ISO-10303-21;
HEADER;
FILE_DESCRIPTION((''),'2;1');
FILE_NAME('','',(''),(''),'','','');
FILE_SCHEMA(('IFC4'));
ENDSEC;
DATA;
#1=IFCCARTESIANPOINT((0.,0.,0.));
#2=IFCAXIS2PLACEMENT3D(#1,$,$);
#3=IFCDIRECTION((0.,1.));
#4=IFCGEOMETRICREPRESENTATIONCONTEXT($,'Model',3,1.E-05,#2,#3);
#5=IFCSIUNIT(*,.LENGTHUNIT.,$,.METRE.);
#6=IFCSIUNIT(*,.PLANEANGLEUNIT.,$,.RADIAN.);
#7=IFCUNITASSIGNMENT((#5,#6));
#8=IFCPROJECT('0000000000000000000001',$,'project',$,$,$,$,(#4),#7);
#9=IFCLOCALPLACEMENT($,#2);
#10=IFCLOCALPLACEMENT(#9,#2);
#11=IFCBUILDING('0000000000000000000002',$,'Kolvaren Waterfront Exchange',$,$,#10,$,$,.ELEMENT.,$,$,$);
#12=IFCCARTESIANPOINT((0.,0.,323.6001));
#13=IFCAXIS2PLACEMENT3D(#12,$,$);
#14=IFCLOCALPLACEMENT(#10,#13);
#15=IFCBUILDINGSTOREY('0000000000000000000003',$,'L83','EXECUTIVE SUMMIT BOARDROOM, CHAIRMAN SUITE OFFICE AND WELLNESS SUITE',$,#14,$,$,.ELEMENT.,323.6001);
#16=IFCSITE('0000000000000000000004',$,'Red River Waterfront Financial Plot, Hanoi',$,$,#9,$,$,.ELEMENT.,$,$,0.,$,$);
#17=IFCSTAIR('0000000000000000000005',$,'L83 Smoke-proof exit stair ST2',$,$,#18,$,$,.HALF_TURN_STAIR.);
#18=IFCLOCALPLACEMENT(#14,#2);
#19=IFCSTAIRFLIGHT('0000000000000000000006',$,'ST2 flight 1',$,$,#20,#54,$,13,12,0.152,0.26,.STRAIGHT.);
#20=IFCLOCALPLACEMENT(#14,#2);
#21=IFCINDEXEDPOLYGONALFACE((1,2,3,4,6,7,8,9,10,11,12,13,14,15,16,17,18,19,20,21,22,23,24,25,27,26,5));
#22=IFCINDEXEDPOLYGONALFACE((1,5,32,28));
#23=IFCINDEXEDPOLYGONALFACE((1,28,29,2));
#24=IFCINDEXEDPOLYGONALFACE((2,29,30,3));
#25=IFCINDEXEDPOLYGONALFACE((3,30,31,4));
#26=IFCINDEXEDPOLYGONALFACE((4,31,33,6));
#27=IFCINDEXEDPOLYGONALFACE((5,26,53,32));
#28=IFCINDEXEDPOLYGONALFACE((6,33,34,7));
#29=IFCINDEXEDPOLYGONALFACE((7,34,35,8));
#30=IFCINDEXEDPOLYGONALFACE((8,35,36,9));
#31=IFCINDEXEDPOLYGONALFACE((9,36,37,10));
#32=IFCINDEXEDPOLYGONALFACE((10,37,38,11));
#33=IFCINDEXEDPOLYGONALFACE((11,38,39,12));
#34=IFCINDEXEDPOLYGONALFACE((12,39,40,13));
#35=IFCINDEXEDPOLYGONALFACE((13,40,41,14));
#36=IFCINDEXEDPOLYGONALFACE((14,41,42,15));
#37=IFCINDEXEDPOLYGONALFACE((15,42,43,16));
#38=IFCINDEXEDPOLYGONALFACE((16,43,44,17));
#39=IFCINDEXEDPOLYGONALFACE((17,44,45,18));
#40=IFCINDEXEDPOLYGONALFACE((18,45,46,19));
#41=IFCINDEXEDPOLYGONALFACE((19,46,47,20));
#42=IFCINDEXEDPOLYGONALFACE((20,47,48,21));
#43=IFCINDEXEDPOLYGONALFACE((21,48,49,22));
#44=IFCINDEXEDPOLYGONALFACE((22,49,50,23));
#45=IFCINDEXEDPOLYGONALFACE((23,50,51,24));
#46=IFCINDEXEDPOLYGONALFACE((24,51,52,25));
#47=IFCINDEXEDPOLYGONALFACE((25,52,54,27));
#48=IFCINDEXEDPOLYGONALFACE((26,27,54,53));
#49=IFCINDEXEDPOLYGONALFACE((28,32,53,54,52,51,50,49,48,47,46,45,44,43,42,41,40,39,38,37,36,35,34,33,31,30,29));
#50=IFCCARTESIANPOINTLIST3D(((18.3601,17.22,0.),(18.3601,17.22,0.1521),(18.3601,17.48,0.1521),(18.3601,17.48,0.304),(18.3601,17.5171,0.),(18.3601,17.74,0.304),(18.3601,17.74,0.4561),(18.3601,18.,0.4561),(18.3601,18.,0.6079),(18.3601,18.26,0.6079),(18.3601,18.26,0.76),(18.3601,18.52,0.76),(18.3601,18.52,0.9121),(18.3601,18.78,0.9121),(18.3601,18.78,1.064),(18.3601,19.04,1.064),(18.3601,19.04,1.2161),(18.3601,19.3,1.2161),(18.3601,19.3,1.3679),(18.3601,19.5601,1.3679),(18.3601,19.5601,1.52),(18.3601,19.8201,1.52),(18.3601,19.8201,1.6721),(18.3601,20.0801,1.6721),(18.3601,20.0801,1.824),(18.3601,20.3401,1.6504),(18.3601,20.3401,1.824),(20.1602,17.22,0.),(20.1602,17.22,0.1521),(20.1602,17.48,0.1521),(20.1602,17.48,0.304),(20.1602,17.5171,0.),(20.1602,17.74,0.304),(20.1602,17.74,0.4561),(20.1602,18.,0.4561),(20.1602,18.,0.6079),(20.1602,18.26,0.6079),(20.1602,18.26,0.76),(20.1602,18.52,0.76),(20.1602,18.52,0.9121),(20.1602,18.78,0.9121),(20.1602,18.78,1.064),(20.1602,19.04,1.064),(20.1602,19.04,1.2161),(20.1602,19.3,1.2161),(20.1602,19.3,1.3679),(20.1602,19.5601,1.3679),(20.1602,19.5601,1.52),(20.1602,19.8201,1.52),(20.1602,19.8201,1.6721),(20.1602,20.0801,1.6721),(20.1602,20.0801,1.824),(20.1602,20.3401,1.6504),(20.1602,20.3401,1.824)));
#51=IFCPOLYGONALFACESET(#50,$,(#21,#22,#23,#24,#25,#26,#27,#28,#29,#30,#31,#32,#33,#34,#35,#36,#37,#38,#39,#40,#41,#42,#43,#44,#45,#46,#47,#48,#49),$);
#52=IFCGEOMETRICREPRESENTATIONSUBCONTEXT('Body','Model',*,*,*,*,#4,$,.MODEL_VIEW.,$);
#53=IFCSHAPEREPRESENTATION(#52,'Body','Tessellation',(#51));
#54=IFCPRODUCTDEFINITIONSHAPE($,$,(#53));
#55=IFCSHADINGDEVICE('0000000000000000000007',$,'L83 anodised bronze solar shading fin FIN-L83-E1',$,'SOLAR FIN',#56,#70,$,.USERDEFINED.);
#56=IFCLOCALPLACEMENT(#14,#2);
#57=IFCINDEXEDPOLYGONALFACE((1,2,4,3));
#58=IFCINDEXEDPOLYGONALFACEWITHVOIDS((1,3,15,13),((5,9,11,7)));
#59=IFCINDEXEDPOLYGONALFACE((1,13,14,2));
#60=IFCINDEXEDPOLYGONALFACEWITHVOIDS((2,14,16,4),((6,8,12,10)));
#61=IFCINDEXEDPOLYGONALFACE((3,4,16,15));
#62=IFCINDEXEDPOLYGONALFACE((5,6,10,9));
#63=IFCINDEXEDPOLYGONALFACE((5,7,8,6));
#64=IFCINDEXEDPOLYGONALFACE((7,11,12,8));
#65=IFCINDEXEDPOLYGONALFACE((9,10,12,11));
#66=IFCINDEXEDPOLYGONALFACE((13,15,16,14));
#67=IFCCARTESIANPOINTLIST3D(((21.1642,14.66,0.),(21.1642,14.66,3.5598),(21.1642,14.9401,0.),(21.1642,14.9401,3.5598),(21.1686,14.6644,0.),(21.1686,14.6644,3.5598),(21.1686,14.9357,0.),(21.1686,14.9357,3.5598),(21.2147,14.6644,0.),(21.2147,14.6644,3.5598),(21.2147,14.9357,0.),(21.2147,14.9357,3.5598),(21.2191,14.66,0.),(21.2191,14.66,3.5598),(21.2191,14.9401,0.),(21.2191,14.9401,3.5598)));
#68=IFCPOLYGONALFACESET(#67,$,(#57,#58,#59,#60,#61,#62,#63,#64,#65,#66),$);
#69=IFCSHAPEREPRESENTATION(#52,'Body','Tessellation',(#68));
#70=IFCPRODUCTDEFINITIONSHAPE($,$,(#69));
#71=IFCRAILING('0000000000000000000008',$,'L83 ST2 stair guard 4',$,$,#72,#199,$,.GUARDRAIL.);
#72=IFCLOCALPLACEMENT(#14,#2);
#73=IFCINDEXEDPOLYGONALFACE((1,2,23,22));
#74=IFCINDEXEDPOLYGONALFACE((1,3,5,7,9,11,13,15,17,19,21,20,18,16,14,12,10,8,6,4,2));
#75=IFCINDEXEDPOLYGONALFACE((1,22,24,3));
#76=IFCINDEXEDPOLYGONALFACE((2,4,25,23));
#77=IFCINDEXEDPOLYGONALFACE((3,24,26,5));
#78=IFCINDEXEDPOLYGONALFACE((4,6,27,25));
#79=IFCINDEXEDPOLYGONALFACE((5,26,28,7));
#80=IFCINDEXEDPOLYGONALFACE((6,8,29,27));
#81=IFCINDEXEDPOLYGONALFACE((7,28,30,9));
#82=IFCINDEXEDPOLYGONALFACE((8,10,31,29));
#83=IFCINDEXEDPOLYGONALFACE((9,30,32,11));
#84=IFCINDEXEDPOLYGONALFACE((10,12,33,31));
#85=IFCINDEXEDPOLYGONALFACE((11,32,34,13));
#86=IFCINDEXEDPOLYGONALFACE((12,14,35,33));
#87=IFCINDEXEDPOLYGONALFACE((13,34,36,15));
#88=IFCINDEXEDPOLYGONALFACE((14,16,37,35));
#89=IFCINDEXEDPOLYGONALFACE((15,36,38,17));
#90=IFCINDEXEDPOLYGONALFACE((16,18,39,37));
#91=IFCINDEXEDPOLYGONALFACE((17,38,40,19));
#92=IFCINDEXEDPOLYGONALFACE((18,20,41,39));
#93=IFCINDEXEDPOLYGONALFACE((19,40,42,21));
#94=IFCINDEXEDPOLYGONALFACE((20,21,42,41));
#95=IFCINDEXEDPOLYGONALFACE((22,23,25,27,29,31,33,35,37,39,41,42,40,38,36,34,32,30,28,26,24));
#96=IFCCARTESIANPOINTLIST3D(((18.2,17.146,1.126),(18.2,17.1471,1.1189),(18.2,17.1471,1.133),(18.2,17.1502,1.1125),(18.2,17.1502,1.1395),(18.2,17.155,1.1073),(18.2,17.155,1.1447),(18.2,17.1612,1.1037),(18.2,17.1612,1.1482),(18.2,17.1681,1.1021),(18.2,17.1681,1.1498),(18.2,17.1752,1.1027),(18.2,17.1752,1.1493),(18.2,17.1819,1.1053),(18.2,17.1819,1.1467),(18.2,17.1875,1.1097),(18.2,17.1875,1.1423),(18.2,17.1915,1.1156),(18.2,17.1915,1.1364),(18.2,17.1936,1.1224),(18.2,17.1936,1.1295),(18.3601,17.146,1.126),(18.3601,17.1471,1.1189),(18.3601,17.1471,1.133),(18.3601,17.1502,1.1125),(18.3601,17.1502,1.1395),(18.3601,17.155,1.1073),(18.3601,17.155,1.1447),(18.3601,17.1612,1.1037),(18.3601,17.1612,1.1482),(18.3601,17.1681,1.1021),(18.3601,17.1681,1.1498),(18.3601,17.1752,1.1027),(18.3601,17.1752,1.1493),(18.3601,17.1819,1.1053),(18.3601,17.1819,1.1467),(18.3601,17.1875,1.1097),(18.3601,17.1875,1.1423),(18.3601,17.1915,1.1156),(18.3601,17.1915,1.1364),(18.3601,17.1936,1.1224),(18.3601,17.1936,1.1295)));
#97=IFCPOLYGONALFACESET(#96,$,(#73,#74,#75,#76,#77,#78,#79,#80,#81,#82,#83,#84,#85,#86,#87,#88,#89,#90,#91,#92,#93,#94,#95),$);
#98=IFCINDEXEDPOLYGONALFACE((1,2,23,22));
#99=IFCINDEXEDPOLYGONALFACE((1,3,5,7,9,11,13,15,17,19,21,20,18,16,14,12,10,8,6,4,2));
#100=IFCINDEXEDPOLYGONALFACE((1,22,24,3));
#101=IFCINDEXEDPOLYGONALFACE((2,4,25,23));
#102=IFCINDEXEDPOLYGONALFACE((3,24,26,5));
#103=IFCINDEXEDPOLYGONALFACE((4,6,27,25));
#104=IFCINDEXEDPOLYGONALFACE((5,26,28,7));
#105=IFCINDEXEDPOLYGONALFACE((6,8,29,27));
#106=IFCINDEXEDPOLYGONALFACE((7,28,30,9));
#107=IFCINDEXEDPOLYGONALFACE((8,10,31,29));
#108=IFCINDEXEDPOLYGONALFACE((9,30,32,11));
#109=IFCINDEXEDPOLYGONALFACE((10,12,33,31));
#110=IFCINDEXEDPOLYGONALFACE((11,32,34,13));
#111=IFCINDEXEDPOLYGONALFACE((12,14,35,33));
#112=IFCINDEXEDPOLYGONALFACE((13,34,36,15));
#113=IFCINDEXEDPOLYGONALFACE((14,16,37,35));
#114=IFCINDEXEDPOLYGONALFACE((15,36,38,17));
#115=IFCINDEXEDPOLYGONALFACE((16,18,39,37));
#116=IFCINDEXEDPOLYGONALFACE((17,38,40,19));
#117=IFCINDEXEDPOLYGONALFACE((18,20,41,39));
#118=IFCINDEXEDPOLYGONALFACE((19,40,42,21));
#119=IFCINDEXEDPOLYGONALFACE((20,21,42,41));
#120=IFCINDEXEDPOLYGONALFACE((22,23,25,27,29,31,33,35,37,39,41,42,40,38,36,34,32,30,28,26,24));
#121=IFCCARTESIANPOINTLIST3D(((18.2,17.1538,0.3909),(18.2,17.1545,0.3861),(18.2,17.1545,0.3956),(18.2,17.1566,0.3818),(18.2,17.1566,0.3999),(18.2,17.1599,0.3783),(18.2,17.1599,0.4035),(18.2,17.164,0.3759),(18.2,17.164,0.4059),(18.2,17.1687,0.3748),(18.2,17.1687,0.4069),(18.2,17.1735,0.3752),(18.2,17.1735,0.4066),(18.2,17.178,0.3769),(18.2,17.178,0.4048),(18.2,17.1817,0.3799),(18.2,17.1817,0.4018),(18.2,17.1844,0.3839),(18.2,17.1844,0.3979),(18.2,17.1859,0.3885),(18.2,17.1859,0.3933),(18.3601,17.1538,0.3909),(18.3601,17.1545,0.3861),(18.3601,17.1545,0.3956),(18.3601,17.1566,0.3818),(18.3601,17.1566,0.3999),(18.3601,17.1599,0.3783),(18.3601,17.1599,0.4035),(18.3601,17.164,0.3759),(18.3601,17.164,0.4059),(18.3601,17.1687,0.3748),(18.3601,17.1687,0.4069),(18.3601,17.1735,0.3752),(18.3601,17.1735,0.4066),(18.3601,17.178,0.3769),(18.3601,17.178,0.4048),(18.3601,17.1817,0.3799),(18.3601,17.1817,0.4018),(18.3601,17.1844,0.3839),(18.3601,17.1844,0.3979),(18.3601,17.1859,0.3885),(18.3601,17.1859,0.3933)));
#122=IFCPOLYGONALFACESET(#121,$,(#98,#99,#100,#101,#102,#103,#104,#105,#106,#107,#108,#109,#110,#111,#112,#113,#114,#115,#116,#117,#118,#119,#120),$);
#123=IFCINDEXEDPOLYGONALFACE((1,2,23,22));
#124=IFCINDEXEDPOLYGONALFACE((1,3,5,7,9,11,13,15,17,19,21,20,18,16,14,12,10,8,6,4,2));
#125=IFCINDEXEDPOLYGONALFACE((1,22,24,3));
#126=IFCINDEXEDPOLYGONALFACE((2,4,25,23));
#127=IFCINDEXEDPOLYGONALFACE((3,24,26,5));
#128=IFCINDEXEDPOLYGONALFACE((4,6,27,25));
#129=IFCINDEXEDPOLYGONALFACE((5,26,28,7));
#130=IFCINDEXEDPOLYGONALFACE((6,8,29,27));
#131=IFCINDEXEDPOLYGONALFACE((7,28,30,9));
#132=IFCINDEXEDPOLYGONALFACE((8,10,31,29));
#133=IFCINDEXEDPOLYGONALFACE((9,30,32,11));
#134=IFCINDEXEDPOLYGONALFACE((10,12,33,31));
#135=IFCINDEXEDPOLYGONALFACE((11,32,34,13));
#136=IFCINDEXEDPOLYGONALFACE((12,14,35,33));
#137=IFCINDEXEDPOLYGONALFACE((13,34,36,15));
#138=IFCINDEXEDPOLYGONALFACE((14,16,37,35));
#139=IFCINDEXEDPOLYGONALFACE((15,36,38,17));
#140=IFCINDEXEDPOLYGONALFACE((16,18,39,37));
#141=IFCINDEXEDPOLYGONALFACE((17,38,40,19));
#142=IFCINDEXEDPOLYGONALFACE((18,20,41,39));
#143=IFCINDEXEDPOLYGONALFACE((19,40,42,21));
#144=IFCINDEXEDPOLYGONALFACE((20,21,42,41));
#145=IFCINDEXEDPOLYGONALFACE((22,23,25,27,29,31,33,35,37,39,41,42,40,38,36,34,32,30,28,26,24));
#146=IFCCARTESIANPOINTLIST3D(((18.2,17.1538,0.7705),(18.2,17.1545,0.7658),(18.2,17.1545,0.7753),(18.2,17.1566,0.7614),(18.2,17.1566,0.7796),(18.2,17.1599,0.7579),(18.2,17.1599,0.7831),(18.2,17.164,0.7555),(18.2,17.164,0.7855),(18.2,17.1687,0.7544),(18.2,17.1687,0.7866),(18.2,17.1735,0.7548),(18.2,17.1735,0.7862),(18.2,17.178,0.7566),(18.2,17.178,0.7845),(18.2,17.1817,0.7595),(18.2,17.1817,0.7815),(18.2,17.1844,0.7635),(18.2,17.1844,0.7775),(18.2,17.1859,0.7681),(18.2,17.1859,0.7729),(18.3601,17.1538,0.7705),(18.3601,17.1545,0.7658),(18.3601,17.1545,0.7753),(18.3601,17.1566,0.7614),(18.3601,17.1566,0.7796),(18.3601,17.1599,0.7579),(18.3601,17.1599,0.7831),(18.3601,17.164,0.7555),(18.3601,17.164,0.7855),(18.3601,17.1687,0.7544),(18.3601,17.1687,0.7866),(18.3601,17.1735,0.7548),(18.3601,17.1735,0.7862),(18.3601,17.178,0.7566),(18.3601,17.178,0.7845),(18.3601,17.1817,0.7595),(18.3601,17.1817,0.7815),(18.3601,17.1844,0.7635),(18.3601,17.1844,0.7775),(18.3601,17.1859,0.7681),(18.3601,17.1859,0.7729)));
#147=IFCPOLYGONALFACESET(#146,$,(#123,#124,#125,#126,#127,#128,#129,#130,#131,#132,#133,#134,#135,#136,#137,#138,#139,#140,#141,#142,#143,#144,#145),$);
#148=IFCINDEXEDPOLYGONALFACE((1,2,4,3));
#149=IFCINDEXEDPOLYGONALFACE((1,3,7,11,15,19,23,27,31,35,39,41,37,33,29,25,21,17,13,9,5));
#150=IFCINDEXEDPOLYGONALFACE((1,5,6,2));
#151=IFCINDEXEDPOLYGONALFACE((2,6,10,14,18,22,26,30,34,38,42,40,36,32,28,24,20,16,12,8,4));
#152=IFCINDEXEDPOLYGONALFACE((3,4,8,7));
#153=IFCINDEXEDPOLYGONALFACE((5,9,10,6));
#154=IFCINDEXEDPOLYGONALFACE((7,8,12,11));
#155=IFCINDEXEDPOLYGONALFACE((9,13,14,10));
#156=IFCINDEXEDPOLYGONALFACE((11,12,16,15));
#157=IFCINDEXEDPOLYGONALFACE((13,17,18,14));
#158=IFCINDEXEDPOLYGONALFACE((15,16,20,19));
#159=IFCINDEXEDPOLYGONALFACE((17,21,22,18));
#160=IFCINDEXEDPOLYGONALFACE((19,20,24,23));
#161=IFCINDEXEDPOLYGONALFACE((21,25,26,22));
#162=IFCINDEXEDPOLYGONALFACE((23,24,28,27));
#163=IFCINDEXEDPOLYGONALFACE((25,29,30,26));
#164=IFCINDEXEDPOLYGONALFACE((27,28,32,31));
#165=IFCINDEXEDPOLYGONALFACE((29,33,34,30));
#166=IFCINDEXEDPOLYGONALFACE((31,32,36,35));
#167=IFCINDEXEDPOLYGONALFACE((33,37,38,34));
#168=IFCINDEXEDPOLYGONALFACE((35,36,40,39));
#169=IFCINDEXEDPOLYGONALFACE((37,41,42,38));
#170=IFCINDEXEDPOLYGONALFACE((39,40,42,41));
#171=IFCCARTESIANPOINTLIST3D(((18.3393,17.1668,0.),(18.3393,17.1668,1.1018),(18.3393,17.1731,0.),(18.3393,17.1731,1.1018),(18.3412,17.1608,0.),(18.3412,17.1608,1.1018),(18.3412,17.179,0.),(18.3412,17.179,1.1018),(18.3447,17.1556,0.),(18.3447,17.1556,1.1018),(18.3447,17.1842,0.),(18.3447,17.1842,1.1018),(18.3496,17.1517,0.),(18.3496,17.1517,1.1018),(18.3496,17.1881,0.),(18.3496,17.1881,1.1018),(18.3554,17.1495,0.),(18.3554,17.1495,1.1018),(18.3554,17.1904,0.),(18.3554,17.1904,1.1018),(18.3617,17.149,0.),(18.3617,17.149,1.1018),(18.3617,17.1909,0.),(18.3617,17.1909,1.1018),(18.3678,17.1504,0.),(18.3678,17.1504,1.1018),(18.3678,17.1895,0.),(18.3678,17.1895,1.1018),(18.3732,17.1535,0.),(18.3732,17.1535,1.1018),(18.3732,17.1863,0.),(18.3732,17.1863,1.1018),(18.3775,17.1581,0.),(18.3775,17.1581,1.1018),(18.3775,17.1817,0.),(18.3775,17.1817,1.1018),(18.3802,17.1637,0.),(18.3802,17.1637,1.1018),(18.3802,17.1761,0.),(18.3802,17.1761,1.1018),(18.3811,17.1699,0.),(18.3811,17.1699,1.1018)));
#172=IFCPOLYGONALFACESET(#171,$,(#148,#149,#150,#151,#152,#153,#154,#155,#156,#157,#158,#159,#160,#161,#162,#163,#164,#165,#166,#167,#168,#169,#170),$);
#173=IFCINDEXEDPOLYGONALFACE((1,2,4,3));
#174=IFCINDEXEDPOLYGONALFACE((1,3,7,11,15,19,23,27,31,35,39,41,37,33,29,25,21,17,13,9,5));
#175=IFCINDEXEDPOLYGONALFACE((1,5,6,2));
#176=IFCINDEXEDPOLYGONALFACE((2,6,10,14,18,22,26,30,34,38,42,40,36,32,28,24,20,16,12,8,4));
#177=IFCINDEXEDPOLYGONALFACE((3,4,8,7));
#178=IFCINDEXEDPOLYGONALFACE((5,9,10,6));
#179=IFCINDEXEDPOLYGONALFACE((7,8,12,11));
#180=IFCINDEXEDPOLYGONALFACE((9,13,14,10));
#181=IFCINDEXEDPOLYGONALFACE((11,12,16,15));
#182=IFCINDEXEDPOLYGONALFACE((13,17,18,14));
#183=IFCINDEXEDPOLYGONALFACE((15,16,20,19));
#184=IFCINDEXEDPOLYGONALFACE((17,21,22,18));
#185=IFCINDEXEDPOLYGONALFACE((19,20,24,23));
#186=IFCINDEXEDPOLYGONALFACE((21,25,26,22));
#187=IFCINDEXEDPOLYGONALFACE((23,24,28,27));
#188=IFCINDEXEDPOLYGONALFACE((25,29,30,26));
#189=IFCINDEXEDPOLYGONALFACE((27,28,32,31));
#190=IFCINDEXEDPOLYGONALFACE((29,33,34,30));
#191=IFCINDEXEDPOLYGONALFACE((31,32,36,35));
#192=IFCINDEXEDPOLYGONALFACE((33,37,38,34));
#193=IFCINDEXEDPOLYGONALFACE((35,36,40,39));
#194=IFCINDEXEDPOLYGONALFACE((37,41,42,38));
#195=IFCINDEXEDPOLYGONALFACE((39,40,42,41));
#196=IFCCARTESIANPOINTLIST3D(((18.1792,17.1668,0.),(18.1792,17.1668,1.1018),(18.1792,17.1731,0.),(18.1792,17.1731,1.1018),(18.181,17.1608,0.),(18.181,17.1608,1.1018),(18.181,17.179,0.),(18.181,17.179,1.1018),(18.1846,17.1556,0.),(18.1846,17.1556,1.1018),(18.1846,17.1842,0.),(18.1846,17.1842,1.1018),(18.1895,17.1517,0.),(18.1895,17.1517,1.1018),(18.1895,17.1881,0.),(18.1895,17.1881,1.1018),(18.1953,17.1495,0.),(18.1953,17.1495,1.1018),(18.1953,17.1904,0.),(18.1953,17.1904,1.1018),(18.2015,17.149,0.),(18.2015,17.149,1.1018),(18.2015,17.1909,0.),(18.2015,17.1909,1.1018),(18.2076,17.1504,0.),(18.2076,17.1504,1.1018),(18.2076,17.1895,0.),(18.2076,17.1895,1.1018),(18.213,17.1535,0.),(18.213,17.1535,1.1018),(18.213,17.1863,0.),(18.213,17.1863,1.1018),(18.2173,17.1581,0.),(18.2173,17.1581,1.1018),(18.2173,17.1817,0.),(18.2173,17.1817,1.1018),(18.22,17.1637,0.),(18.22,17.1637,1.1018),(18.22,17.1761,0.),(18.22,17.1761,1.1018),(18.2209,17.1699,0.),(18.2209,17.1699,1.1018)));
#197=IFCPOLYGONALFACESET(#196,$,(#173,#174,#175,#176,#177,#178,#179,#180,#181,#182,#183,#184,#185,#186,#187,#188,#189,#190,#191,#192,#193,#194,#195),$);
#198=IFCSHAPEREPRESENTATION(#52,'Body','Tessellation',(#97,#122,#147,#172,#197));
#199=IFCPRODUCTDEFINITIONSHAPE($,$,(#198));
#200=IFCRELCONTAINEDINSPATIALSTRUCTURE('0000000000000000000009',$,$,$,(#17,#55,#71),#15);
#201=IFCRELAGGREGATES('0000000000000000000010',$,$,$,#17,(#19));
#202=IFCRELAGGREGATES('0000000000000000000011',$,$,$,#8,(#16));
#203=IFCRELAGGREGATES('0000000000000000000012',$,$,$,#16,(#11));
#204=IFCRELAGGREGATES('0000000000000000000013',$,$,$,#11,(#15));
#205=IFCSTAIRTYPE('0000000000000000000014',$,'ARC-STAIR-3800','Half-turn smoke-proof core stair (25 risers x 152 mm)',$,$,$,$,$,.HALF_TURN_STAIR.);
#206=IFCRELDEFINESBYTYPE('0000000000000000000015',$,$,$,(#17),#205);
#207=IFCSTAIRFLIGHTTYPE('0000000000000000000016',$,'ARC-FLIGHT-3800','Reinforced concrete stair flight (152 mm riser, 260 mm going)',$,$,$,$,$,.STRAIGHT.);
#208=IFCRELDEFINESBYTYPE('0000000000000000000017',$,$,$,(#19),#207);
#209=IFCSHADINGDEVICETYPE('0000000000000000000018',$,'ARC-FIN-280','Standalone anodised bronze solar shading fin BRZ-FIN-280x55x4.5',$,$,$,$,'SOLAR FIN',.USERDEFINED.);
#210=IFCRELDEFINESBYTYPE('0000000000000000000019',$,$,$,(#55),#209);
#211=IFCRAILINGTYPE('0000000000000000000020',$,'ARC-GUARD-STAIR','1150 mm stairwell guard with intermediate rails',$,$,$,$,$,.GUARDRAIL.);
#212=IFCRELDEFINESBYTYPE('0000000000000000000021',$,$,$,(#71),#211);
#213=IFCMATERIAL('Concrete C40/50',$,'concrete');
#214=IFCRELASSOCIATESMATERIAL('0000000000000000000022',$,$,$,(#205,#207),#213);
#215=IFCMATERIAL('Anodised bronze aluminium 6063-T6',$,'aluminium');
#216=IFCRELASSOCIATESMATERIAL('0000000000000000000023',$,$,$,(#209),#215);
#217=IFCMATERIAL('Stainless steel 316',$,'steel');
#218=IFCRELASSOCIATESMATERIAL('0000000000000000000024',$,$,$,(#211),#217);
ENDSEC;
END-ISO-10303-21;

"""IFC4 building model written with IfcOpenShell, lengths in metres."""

from ifc_helpers import new_model, si_unit, direction, frame, origin, origin_2d, place, context, subcontext, project, spatial, polyline, hollow_rectangle, circle, outline, extrude, material, material_profile, profile_set, type_object, element, aggregate, save


model = new_model("IFC4")

# Units and contexts
model_context = context("Model", 3, precision=1e-05, world=origin(), true_north=direction((0.0, 1.0)))
body_context = subcontext(model_context, "Body", "Model", "MODEL_VIEW")
ifc_project = project(units=[si_unit("LENGTHUNIT", "METRE"), si_unit("PLANEANGLEUNIT", "RADIAN")], contexts=[model_context])

# Site, building, storey
site_placement = place(None, origin())
site = spatial("IfcSite", under=ifc_project, at=site_placement, Name="Red River Waterfront Financial Plot, Hanoi", CompositionType="ELEMENT", RefElevation=0.0)
building_placement = place(site_placement, origin())
building = spatial("IfcBuilding", under=site, at=building_placement, Name="Kolvaren Waterfront Exchange", CompositionType="ELEMENT")
storey_placement = place(building_placement, frame((0.0, 0.0, 323.6001)))
storey = spatial("IfcBuildingStorey", under=building, at=storey_placement, Name="L83", Description="EXECUTIVE SUMMIT BOARDROOM, CHAIRMAN SUITE OFFICE AND WELLNESS SUITE", CompositionType="ELEMENT", Elevation=323.6001)

# Shared definitions
ifc_material_1 = material(Name="Concrete C40/50", Category="concrete")

# Stair, stair flight
stair_type = type_object("IfcStairType", Name="ARC-STAIR-3800", Description="Half-turn smoke-proof core stair (25 risers x 152 mm)", PredefinedType="HALF_TURN_STAIR", material=ifc_material_1)
stair_placement = place(storey_placement, origin())
stair = element("IfcStair", 1, at=stair_placement, inside=storey, type_object=stair_type, Name="L83 Smoke-proof exit stair ST2", PredefinedType="HALF_TURN_STAIR")
stair_flight_type = type_object("IfcStairFlightType", Name="ARC-FLIGHT-3800", Description="Reinforced concrete stair flight (152 mm riser, 260 mm going)", PredefinedType="STRAIGHT", material=ifc_material_1)
stair_flight_placement = place(storey_placement, frame((19.26, 17.22, 0.0), z_axis=(0.0, 0.0, 1.0), x_axis=(0.0, 1.0, 0.0)))
stair_flight = element("IfcStairFlight", 2, at=stair_flight_placement, type_object=stair_flight_type, Name="ST2 flight 1", NumberOfRisers=13, NumberOfTreads=12, PredefinedType="STRAIGHT", RiserHeight=0.152, TreadLength=0.26, context=body_context, shape_type="SweptSolid", body=[
    extrude(outline(polyline([(0.0, 0.0), (0.0, 0.1521), (0.26, 0.1521), (0.26, 0.304), (0.52, 0.304), (0.52, 0.4561), (0.78, 0.4561), (0.78, 0.6079), (1.04, 0.6079), (1.04, 0.76), (1.3, 0.76), (1.3, 0.9121), (1.5601, 0.9121), (1.5601, 1.064), (1.8201, 1.064), (1.8201, 1.2161), (2.0801, 1.2161), (2.0801, 1.3679), (2.3401, 1.3679), (2.3401, 1.52), (2.6001, 1.52), (2.6001, 1.6721), (2.8601, 1.6721), (2.8601, 1.824), (3.1201, 1.824), (3.1201, 1.9761), (3.1201, 1.6504), (0.2971, 0.0), (0.0, 0.0)])), frame((0.0, 0.8999, 0.0), z_axis=(0.0, -1.0, 0.0), x_axis=(1.0, 0.0, 0.0)), (0.0, 0.0, 1.0), 1.8),
])
aggregate(stair, [stair_flight])

# Shading device
ifc_material_2 = material(Name="Anodised bronze aluminium 6063-T6", Category="aluminium")
ifc_material_profile_1 = material_profile(ifc_material_2, hollow_rectangle(XDim=0.0549, YDim=0.28, WallThickness=0.0044, at=origin_2d()), Name="BRZ-FIN-280x55x4.5")
ifc_profile_set_1 = profile_set([ifc_material_profile_1], Name="Anodised bronze aluminium 6063-T6")
shading_device_type = type_object("IfcShadingDeviceType", Name="ARC-FIN-280", Description="Standalone anodised bronze solar shading fin BRZ-FIN-280x55x4.5", ElementType="SOLAR FIN", PredefinedType="USERDEFINED", material=ifc_profile_set_1)
shading_device_placement = place(storey_placement, frame((21.1917, 14.8, 0.0), z_axis=(0.0, 0.0, 1.0), x_axis=(1.0, 0.0, 0.0)))
element("IfcShadingDevice", 3, at=shading_device_placement, inside=storey, type_object=shading_device_type, Name="L83 anodised bronze solar shading fin FIN-L83-E1", ObjectType="SOLAR FIN", PredefinedType="USERDEFINED", context=body_context, shape_type="SweptSolid", body=[
    extrude(hollow_rectangle(XDim=0.0549, YDim=0.28, WallThickness=0.0044, at=origin_2d()), origin(), (0.0, 0.0, 1.0), 3.5598),
])

# Railing
ifc_material_3 = material(Name="Stainless steel 316", Category="steel")
railing_type_1 = type_object("IfcRailingType", Name="ARC-GUARD-STAIR", Description="1150 mm stairwell guard with intermediate rails", PredefinedType="GUARDRAIL", material=ifc_material_3)
railing_1_placement = place(storey_placement, frame((18.3601, 17.1699, 0.0)))
element("IfcRailing", 4, at=railing_1_placement, inside=storey, type_object=railing_type_1, Name="L83 ST2 stair guard 4", PredefinedType="GUARDRAIL", context=body_context, shape_type="SweptSolid", body=[
    extrude(circle(Radius=0.0239, at=origin_2d()), frame((0.0, 0.0, 1.126), z_axis=(-1.0, 0.0, 0.0), x_axis=(0.0, -1.0, 0.0)), (0.0, 0.0, 1.0), 0.1602),
    extrude(circle(Radius=0.0161, at=origin_2d()), frame((0.0, 0.0, 0.3909), z_axis=(-1.0, 0.0, 0.0), x_axis=(0.0, -1.0, 0.0)), (0.0, 0.0, 1.0), 0.1602),
    extrude(circle(Radius=0.0161, at=origin_2d()), frame((0.0, 0.0, 0.7705), z_axis=(-1.0, 0.0, 0.0), x_axis=(0.0, -1.0, 0.0)), (0.0, 0.0, 1.0), 0.1602),
    extrude(circle(Radius=0.021, at=origin_2d()), origin(), (0.0, 0.0, 1.0), 1.1018),
    extrude(circle(Radius=0.021, at=origin_2d()), frame((-0.1602, 0.0, 0.0)), (0.0, 0.0, 1.0), 1.1018),
])

save(model, "model.ifc")
